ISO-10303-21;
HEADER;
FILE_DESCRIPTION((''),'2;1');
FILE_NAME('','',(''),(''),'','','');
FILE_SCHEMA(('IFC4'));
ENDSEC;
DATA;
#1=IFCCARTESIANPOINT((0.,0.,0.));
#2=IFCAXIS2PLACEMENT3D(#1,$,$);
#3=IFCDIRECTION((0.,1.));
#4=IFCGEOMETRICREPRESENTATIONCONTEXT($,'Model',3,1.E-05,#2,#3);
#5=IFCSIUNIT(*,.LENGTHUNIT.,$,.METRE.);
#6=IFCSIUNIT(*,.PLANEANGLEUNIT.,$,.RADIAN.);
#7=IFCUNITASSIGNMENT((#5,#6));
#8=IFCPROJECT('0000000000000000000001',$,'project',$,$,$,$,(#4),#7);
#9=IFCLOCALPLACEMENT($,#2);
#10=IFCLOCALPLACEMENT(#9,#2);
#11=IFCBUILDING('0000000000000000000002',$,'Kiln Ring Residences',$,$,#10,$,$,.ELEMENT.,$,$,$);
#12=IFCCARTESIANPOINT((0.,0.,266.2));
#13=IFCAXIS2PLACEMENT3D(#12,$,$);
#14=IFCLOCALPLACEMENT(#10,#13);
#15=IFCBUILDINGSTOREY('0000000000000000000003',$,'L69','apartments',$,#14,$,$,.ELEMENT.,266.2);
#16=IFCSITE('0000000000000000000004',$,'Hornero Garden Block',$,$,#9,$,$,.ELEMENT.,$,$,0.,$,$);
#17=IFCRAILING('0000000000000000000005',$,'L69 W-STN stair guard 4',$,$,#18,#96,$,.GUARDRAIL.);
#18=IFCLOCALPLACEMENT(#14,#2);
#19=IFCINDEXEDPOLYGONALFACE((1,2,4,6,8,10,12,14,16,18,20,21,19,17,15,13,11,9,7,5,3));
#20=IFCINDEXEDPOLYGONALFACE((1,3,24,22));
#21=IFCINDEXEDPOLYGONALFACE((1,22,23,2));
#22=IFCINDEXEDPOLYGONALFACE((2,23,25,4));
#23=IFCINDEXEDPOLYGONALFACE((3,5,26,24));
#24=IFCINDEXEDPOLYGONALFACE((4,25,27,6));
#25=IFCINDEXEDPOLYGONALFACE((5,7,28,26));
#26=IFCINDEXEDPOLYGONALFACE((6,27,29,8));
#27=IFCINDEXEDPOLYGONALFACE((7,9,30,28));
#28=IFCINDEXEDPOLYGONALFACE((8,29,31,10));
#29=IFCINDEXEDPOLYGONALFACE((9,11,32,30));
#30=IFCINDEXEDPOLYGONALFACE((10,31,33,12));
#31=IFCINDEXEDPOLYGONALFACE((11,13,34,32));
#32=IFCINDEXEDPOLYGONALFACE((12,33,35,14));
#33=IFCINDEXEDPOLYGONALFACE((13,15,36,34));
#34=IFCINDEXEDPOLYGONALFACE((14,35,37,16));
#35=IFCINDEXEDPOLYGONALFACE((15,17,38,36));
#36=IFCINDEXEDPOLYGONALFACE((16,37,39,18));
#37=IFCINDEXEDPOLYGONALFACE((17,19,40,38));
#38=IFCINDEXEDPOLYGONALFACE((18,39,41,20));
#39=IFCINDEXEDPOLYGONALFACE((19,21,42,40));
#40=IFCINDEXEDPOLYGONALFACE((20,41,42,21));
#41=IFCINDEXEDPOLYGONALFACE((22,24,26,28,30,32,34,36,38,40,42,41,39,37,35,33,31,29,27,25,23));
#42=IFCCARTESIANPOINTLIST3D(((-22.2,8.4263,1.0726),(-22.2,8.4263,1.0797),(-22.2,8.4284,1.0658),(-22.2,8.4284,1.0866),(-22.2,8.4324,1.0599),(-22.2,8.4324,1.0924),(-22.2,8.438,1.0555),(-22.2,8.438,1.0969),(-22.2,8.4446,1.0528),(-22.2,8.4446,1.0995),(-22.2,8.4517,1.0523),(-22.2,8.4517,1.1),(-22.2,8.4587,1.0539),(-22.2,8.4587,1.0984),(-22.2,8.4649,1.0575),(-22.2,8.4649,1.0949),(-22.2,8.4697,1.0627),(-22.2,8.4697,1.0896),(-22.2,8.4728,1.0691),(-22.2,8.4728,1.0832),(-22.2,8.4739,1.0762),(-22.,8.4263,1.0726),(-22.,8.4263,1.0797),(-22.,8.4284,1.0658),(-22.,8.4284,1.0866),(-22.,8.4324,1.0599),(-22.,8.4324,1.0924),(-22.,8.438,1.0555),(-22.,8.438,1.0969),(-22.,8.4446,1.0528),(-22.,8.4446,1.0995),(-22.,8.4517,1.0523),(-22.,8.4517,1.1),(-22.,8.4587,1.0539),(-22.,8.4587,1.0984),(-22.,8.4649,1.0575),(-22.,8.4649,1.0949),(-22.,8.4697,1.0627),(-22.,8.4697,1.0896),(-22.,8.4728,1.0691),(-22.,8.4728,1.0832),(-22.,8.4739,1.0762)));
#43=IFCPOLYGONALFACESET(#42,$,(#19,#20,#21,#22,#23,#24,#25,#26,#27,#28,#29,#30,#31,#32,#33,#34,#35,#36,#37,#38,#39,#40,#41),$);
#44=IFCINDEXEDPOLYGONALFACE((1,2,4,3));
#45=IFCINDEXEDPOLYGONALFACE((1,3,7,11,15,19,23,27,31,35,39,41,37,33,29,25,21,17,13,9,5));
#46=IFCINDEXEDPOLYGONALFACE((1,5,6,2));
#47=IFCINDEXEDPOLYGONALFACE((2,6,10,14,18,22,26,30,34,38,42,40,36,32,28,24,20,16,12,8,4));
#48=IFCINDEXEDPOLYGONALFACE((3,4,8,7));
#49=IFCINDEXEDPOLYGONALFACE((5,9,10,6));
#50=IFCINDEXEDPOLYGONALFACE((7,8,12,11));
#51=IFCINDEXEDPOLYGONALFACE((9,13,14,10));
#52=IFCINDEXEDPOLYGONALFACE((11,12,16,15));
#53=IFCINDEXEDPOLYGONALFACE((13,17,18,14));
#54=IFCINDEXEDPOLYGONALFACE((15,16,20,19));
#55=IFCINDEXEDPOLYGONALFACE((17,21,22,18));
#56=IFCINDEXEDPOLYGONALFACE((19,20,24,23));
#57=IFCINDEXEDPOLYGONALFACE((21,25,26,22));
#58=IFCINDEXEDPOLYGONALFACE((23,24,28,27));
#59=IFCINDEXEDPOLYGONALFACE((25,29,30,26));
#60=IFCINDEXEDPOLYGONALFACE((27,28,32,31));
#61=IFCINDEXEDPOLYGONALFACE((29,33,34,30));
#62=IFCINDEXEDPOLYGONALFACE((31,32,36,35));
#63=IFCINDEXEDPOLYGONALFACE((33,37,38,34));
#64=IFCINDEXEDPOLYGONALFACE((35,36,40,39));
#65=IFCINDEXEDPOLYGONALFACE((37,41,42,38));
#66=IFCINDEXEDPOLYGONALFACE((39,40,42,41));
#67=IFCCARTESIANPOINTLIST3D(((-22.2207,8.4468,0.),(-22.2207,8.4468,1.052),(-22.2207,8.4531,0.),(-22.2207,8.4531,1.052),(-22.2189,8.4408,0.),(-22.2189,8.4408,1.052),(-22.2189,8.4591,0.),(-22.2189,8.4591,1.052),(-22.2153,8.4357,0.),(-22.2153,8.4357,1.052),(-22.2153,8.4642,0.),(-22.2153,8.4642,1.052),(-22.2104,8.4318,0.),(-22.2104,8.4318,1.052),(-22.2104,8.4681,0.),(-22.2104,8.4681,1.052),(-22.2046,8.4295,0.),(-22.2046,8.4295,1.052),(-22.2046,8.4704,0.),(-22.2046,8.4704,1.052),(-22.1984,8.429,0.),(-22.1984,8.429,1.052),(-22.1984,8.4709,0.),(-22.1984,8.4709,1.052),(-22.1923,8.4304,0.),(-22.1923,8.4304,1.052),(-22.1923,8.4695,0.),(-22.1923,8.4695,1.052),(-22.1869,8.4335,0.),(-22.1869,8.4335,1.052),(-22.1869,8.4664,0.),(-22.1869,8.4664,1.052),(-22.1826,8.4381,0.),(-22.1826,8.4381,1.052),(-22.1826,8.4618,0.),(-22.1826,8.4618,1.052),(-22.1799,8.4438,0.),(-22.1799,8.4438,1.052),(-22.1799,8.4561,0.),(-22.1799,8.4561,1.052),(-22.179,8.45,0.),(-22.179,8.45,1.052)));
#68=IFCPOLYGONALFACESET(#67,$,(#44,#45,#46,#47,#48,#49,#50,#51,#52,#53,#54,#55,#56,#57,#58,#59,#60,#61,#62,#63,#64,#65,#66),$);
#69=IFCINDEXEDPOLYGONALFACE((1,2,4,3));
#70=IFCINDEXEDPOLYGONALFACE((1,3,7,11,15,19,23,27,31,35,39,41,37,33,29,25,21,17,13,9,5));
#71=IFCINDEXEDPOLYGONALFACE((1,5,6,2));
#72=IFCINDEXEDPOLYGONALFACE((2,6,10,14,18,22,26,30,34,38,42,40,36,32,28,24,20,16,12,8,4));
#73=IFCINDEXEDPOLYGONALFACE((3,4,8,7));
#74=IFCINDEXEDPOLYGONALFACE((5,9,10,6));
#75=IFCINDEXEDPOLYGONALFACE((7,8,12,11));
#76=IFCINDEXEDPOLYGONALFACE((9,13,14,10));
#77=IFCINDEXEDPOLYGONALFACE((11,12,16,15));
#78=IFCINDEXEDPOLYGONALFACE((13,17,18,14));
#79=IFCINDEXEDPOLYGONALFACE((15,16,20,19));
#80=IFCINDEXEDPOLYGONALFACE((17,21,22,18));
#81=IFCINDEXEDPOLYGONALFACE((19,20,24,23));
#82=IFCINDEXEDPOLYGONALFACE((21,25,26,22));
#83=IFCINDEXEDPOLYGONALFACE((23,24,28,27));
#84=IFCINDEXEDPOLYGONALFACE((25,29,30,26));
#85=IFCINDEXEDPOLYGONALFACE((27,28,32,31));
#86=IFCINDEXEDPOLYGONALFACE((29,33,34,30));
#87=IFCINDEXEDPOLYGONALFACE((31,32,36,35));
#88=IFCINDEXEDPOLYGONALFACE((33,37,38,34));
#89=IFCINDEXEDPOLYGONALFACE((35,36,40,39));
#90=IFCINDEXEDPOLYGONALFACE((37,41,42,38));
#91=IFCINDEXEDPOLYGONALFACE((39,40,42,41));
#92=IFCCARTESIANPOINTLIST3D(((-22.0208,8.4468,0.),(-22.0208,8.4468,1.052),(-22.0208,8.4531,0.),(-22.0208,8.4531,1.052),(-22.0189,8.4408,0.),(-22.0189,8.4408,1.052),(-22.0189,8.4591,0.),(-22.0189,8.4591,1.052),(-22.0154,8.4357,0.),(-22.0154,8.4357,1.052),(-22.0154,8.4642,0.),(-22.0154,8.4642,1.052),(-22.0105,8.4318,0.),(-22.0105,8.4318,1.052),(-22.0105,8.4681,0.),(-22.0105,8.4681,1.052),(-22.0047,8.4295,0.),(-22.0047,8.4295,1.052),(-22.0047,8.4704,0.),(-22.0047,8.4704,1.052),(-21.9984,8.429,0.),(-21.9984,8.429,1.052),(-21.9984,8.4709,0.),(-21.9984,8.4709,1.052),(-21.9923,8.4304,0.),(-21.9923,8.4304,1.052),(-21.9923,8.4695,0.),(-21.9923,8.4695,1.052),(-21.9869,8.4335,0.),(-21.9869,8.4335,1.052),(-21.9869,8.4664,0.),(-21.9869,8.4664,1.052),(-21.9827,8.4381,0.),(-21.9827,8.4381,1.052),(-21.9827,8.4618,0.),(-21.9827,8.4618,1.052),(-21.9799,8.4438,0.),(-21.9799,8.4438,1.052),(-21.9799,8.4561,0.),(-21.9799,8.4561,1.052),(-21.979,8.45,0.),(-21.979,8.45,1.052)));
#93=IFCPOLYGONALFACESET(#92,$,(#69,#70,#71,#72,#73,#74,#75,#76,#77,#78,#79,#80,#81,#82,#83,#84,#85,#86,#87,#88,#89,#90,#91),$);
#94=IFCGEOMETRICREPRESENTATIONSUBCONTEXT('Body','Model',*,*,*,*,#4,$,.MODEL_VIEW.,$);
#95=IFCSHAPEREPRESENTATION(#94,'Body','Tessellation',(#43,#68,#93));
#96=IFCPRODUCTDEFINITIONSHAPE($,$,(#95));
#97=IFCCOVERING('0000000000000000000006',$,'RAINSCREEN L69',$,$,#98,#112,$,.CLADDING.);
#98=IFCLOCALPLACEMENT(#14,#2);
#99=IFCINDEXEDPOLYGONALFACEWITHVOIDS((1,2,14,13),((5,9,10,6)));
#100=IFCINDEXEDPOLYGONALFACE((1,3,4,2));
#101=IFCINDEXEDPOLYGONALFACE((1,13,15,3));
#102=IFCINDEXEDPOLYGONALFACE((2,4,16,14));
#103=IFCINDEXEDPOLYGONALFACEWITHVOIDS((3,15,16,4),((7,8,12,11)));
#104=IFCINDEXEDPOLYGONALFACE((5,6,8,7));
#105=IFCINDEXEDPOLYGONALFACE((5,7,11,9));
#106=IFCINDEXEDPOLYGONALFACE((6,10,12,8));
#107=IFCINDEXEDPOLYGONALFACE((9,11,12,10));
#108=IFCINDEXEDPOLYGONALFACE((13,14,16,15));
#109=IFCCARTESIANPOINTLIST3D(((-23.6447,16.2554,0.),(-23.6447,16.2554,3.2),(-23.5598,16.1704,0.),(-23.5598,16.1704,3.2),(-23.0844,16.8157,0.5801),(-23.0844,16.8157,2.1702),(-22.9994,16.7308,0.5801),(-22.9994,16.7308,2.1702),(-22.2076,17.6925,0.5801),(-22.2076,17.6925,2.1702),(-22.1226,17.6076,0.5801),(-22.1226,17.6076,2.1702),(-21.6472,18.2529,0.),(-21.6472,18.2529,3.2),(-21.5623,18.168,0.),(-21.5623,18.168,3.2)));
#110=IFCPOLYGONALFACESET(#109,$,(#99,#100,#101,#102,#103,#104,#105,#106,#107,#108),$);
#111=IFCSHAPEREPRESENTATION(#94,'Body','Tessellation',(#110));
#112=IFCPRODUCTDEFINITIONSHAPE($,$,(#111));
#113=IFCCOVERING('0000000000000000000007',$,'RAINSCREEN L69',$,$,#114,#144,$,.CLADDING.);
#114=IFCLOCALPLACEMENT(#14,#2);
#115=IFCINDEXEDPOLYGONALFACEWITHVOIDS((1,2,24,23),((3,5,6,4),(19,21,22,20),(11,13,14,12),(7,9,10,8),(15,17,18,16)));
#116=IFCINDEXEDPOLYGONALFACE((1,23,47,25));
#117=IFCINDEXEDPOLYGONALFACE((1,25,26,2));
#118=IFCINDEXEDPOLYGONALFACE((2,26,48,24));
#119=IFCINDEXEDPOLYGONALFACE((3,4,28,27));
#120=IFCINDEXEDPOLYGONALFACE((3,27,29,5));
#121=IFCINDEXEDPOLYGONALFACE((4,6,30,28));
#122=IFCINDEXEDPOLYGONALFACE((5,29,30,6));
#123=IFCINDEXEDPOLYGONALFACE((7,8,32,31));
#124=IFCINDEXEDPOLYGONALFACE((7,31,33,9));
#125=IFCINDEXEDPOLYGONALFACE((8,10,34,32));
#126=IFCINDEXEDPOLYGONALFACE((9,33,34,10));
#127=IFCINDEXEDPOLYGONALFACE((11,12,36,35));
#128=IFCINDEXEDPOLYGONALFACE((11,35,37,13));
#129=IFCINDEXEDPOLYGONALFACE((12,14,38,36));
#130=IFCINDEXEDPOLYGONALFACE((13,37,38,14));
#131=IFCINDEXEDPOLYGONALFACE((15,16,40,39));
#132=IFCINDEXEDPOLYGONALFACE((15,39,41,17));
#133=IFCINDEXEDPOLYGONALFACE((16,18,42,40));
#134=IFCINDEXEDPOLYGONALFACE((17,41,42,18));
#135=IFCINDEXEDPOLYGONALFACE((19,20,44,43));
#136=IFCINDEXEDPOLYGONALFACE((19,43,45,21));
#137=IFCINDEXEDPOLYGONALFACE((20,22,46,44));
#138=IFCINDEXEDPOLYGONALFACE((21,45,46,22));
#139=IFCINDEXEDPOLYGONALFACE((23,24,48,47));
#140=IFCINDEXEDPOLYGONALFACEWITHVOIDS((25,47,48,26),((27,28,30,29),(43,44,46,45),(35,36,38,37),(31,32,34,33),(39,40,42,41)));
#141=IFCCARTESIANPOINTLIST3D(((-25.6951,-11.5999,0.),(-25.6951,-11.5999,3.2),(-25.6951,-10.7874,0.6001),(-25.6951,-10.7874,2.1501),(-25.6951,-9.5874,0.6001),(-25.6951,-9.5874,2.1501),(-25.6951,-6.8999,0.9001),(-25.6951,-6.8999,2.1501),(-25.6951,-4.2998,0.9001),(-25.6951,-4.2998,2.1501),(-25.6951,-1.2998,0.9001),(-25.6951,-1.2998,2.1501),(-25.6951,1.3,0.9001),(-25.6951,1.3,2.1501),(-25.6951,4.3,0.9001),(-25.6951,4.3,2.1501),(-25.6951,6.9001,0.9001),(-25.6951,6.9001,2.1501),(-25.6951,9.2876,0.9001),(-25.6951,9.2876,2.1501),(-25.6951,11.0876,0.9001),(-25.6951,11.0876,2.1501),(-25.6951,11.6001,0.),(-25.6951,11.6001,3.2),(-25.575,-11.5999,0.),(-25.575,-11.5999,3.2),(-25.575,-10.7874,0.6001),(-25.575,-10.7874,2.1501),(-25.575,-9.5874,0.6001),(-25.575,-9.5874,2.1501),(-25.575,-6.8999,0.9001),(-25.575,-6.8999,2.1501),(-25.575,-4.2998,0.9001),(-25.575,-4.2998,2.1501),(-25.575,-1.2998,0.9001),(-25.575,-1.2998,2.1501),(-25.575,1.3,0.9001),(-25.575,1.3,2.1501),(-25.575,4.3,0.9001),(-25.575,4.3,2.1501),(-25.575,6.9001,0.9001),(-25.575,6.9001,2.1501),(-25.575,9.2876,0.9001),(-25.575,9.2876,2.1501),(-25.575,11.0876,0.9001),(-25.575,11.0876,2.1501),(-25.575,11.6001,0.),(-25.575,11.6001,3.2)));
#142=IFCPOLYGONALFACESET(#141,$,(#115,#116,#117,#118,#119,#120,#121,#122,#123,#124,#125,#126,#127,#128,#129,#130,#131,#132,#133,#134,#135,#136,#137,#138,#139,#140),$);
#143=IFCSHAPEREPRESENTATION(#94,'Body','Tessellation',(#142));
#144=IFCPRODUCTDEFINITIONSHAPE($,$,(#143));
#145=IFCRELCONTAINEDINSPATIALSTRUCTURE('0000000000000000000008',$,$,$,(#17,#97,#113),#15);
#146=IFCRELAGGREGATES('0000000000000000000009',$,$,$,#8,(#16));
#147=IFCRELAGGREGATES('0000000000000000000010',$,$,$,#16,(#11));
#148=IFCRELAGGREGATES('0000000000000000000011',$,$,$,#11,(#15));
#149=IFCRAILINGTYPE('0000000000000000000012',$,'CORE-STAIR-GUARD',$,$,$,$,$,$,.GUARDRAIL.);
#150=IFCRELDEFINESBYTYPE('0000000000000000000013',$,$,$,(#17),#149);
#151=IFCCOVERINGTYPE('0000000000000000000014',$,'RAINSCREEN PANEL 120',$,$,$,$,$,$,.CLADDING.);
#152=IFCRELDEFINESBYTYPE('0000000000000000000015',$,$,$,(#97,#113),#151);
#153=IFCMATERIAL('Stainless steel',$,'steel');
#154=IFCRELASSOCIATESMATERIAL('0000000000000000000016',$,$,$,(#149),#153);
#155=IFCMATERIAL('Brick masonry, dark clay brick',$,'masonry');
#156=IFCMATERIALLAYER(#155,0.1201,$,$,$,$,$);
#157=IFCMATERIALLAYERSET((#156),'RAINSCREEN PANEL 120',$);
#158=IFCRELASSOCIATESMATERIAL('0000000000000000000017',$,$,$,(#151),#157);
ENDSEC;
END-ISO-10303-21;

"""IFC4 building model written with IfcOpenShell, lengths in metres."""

from ifc_helpers import new_model, si_unit, direction, frame, origin, origin_2d, place, context, subcontext, project, spatial, polyline, circle, outline, extrude, material, layer, layer_set, type_object, element, save


model = new_model("IFC4")

# Units and contexts
model_context = context("Model", 3, precision=1e-05, world=origin(), true_north=direction((0.0, 1.0)))
body_context = subcontext(model_context, "Body", "Model", "MODEL_VIEW")
ifc_project = project(units=[si_unit("LENGTHUNIT", "METRE"), si_unit("PLANEANGLEUNIT", "RADIAN")], contexts=[model_context])

# Site, building, storey
site_placement = place(None, origin())
site = spatial("IfcSite", under=ifc_project, at=site_placement, Name="Hornero Garden Block", CompositionType="ELEMENT", RefElevation=0.0)
building_placement = place(site_placement, origin())
building = spatial("IfcBuilding", under=site, at=building_placement, Name="Kiln Ring Residences", CompositionType="ELEMENT")
storey_placement = place(building_placement, frame((0.0, 0.0, 266.2)))
storey = spatial("IfcBuildingStorey", under=building, at=storey_placement, Name="L69", Description="apartments", CompositionType="ELEMENT", Elevation=266.2)

# Railing
ifc_material_1 = material(Name="Stainless steel", Category="steel")
railing_type = type_object("IfcRailingType", Name="CORE-STAIR-GUARD", PredefinedType="GUARDRAIL", material=ifc_material_1)
railing_1_placement = place(storey_placement, frame((-22.2, 8.45, 0.0)))
element("IfcRailing", 1, at=railing_1_placement, inside=storey, type_object=railing_type, Name="L69 W-STN stair guard 4", PredefinedType="GUARDRAIL", context=body_context, shape_type="SweptSolid", body=[
    extrude(circle(Radius=0.0239, at=origin_2d()), frame((0.0, 0.0, 1.0762), z_axis=(1.0, 0.0, 0.0), x_axis=(0.0, 1.0, 0.0)), (0.0, 0.0, 1.0), 0.2),
    extrude(circle(Radius=0.021, at=origin_2d()), origin(), (0.0, 0.0, 1.0), 1.052),
    extrude(circle(Radius=0.021, at=origin_2d()), frame((0.2, 0.0, 0.0)), (0.0, 0.0, 1.0), 1.052),
])

# Coverings
ifc_material_2 = material(Name="Brick masonry, dark clay brick", Category="masonry")
ifc_layer_1 = layer(ifc_material_2, 0.1201)
ifc_layer_set_1 = layer_set([ifc_layer_1], Name="RAINSCREEN PANEL 120")
covering_type = type_object("IfcCoveringType", Name="RAINSCREEN PANEL 120", PredefinedType="CLADDING", material=ifc_layer_set_1)
covering_1_placement = place(storey_placement, frame((-21.6047, 18.2104, 0.0), z_axis=(0.0, 0.0, 1.0), x_axis=(-0.707107, -0.707107, 0.0)))
element("IfcCovering", 2, at=covering_1_placement, inside=storey, type_object=covering_type, Name="RAINSCREEN L69", PredefinedType="CLADDING", context=body_context, shape_type="SweptSolid", body=[
    extrude(outline(polyline([(0.0, 0.0), (2.825, 0.0), (2.825, 3.2), (0.0, 3.2), (0.0, 0.0)]), holes=[polyline([(0.7925, 2.1702), (0.7925, 0.5801), (2.0325, 0.5801), (2.0325, 2.1702), (0.7925, 2.1702)])]), frame((0.0, 0.0601, 0.0), z_axis=(0.0, -1.0, 0.0), x_axis=(1.0, 0.0, 0.0)), (0.0, 0.0, 1.0), 0.1201),
])
covering_2_placement = place(storey_placement, frame((-25.635, 11.6001, 0.0), z_axis=(0.0, 0.0, 1.0), x_axis=(0.0, -1.0, 0.0)))
element("IfcCovering", 3, at=covering_2_placement, inside=storey, type_object=covering_type, Name="RAINSCREEN L69", PredefinedType="CLADDING", context=body_context, shape_type="SweptSolid", body=[
    extrude(outline(polyline([(0.0, 0.0), (23.2, 0.0), (23.2, 3.2), (0.0, 3.2), (0.0, 0.0)]), holes=[polyline([(22.3875, 0.6001), (22.3875, 2.1501), (21.1875, 2.1501), (21.1875, 0.6001), (22.3875, 0.6001)]), polyline([(2.3125, 0.9001), (2.3125, 2.1501), (0.5125, 2.1501), (0.5125, 0.9001), (2.3125, 0.9001)]), polyline([(7.3, 0.9001), (7.3, 2.1501), (4.7, 2.1501), (4.7, 0.9001), (7.3, 0.9001)]), polyline([(10.3, 0.9001), (12.8999, 0.9001), (12.8999, 2.1501), (10.3, 2.1501), (10.3, 0.9001)]), polyline([(15.8999, 0.9001), (18.5, 0.9001), (18.5, 2.1501), (15.8999, 2.1501), (15.8999, 0.9001)])]), frame((0.0, 0.0601, 0.0), z_axis=(0.0, -1.0, 0.0), x_axis=(1.0, 0.0, 0.0)), (0.0, 0.0, 1.0), 0.1201),
])

save(model, "model.ifc")
